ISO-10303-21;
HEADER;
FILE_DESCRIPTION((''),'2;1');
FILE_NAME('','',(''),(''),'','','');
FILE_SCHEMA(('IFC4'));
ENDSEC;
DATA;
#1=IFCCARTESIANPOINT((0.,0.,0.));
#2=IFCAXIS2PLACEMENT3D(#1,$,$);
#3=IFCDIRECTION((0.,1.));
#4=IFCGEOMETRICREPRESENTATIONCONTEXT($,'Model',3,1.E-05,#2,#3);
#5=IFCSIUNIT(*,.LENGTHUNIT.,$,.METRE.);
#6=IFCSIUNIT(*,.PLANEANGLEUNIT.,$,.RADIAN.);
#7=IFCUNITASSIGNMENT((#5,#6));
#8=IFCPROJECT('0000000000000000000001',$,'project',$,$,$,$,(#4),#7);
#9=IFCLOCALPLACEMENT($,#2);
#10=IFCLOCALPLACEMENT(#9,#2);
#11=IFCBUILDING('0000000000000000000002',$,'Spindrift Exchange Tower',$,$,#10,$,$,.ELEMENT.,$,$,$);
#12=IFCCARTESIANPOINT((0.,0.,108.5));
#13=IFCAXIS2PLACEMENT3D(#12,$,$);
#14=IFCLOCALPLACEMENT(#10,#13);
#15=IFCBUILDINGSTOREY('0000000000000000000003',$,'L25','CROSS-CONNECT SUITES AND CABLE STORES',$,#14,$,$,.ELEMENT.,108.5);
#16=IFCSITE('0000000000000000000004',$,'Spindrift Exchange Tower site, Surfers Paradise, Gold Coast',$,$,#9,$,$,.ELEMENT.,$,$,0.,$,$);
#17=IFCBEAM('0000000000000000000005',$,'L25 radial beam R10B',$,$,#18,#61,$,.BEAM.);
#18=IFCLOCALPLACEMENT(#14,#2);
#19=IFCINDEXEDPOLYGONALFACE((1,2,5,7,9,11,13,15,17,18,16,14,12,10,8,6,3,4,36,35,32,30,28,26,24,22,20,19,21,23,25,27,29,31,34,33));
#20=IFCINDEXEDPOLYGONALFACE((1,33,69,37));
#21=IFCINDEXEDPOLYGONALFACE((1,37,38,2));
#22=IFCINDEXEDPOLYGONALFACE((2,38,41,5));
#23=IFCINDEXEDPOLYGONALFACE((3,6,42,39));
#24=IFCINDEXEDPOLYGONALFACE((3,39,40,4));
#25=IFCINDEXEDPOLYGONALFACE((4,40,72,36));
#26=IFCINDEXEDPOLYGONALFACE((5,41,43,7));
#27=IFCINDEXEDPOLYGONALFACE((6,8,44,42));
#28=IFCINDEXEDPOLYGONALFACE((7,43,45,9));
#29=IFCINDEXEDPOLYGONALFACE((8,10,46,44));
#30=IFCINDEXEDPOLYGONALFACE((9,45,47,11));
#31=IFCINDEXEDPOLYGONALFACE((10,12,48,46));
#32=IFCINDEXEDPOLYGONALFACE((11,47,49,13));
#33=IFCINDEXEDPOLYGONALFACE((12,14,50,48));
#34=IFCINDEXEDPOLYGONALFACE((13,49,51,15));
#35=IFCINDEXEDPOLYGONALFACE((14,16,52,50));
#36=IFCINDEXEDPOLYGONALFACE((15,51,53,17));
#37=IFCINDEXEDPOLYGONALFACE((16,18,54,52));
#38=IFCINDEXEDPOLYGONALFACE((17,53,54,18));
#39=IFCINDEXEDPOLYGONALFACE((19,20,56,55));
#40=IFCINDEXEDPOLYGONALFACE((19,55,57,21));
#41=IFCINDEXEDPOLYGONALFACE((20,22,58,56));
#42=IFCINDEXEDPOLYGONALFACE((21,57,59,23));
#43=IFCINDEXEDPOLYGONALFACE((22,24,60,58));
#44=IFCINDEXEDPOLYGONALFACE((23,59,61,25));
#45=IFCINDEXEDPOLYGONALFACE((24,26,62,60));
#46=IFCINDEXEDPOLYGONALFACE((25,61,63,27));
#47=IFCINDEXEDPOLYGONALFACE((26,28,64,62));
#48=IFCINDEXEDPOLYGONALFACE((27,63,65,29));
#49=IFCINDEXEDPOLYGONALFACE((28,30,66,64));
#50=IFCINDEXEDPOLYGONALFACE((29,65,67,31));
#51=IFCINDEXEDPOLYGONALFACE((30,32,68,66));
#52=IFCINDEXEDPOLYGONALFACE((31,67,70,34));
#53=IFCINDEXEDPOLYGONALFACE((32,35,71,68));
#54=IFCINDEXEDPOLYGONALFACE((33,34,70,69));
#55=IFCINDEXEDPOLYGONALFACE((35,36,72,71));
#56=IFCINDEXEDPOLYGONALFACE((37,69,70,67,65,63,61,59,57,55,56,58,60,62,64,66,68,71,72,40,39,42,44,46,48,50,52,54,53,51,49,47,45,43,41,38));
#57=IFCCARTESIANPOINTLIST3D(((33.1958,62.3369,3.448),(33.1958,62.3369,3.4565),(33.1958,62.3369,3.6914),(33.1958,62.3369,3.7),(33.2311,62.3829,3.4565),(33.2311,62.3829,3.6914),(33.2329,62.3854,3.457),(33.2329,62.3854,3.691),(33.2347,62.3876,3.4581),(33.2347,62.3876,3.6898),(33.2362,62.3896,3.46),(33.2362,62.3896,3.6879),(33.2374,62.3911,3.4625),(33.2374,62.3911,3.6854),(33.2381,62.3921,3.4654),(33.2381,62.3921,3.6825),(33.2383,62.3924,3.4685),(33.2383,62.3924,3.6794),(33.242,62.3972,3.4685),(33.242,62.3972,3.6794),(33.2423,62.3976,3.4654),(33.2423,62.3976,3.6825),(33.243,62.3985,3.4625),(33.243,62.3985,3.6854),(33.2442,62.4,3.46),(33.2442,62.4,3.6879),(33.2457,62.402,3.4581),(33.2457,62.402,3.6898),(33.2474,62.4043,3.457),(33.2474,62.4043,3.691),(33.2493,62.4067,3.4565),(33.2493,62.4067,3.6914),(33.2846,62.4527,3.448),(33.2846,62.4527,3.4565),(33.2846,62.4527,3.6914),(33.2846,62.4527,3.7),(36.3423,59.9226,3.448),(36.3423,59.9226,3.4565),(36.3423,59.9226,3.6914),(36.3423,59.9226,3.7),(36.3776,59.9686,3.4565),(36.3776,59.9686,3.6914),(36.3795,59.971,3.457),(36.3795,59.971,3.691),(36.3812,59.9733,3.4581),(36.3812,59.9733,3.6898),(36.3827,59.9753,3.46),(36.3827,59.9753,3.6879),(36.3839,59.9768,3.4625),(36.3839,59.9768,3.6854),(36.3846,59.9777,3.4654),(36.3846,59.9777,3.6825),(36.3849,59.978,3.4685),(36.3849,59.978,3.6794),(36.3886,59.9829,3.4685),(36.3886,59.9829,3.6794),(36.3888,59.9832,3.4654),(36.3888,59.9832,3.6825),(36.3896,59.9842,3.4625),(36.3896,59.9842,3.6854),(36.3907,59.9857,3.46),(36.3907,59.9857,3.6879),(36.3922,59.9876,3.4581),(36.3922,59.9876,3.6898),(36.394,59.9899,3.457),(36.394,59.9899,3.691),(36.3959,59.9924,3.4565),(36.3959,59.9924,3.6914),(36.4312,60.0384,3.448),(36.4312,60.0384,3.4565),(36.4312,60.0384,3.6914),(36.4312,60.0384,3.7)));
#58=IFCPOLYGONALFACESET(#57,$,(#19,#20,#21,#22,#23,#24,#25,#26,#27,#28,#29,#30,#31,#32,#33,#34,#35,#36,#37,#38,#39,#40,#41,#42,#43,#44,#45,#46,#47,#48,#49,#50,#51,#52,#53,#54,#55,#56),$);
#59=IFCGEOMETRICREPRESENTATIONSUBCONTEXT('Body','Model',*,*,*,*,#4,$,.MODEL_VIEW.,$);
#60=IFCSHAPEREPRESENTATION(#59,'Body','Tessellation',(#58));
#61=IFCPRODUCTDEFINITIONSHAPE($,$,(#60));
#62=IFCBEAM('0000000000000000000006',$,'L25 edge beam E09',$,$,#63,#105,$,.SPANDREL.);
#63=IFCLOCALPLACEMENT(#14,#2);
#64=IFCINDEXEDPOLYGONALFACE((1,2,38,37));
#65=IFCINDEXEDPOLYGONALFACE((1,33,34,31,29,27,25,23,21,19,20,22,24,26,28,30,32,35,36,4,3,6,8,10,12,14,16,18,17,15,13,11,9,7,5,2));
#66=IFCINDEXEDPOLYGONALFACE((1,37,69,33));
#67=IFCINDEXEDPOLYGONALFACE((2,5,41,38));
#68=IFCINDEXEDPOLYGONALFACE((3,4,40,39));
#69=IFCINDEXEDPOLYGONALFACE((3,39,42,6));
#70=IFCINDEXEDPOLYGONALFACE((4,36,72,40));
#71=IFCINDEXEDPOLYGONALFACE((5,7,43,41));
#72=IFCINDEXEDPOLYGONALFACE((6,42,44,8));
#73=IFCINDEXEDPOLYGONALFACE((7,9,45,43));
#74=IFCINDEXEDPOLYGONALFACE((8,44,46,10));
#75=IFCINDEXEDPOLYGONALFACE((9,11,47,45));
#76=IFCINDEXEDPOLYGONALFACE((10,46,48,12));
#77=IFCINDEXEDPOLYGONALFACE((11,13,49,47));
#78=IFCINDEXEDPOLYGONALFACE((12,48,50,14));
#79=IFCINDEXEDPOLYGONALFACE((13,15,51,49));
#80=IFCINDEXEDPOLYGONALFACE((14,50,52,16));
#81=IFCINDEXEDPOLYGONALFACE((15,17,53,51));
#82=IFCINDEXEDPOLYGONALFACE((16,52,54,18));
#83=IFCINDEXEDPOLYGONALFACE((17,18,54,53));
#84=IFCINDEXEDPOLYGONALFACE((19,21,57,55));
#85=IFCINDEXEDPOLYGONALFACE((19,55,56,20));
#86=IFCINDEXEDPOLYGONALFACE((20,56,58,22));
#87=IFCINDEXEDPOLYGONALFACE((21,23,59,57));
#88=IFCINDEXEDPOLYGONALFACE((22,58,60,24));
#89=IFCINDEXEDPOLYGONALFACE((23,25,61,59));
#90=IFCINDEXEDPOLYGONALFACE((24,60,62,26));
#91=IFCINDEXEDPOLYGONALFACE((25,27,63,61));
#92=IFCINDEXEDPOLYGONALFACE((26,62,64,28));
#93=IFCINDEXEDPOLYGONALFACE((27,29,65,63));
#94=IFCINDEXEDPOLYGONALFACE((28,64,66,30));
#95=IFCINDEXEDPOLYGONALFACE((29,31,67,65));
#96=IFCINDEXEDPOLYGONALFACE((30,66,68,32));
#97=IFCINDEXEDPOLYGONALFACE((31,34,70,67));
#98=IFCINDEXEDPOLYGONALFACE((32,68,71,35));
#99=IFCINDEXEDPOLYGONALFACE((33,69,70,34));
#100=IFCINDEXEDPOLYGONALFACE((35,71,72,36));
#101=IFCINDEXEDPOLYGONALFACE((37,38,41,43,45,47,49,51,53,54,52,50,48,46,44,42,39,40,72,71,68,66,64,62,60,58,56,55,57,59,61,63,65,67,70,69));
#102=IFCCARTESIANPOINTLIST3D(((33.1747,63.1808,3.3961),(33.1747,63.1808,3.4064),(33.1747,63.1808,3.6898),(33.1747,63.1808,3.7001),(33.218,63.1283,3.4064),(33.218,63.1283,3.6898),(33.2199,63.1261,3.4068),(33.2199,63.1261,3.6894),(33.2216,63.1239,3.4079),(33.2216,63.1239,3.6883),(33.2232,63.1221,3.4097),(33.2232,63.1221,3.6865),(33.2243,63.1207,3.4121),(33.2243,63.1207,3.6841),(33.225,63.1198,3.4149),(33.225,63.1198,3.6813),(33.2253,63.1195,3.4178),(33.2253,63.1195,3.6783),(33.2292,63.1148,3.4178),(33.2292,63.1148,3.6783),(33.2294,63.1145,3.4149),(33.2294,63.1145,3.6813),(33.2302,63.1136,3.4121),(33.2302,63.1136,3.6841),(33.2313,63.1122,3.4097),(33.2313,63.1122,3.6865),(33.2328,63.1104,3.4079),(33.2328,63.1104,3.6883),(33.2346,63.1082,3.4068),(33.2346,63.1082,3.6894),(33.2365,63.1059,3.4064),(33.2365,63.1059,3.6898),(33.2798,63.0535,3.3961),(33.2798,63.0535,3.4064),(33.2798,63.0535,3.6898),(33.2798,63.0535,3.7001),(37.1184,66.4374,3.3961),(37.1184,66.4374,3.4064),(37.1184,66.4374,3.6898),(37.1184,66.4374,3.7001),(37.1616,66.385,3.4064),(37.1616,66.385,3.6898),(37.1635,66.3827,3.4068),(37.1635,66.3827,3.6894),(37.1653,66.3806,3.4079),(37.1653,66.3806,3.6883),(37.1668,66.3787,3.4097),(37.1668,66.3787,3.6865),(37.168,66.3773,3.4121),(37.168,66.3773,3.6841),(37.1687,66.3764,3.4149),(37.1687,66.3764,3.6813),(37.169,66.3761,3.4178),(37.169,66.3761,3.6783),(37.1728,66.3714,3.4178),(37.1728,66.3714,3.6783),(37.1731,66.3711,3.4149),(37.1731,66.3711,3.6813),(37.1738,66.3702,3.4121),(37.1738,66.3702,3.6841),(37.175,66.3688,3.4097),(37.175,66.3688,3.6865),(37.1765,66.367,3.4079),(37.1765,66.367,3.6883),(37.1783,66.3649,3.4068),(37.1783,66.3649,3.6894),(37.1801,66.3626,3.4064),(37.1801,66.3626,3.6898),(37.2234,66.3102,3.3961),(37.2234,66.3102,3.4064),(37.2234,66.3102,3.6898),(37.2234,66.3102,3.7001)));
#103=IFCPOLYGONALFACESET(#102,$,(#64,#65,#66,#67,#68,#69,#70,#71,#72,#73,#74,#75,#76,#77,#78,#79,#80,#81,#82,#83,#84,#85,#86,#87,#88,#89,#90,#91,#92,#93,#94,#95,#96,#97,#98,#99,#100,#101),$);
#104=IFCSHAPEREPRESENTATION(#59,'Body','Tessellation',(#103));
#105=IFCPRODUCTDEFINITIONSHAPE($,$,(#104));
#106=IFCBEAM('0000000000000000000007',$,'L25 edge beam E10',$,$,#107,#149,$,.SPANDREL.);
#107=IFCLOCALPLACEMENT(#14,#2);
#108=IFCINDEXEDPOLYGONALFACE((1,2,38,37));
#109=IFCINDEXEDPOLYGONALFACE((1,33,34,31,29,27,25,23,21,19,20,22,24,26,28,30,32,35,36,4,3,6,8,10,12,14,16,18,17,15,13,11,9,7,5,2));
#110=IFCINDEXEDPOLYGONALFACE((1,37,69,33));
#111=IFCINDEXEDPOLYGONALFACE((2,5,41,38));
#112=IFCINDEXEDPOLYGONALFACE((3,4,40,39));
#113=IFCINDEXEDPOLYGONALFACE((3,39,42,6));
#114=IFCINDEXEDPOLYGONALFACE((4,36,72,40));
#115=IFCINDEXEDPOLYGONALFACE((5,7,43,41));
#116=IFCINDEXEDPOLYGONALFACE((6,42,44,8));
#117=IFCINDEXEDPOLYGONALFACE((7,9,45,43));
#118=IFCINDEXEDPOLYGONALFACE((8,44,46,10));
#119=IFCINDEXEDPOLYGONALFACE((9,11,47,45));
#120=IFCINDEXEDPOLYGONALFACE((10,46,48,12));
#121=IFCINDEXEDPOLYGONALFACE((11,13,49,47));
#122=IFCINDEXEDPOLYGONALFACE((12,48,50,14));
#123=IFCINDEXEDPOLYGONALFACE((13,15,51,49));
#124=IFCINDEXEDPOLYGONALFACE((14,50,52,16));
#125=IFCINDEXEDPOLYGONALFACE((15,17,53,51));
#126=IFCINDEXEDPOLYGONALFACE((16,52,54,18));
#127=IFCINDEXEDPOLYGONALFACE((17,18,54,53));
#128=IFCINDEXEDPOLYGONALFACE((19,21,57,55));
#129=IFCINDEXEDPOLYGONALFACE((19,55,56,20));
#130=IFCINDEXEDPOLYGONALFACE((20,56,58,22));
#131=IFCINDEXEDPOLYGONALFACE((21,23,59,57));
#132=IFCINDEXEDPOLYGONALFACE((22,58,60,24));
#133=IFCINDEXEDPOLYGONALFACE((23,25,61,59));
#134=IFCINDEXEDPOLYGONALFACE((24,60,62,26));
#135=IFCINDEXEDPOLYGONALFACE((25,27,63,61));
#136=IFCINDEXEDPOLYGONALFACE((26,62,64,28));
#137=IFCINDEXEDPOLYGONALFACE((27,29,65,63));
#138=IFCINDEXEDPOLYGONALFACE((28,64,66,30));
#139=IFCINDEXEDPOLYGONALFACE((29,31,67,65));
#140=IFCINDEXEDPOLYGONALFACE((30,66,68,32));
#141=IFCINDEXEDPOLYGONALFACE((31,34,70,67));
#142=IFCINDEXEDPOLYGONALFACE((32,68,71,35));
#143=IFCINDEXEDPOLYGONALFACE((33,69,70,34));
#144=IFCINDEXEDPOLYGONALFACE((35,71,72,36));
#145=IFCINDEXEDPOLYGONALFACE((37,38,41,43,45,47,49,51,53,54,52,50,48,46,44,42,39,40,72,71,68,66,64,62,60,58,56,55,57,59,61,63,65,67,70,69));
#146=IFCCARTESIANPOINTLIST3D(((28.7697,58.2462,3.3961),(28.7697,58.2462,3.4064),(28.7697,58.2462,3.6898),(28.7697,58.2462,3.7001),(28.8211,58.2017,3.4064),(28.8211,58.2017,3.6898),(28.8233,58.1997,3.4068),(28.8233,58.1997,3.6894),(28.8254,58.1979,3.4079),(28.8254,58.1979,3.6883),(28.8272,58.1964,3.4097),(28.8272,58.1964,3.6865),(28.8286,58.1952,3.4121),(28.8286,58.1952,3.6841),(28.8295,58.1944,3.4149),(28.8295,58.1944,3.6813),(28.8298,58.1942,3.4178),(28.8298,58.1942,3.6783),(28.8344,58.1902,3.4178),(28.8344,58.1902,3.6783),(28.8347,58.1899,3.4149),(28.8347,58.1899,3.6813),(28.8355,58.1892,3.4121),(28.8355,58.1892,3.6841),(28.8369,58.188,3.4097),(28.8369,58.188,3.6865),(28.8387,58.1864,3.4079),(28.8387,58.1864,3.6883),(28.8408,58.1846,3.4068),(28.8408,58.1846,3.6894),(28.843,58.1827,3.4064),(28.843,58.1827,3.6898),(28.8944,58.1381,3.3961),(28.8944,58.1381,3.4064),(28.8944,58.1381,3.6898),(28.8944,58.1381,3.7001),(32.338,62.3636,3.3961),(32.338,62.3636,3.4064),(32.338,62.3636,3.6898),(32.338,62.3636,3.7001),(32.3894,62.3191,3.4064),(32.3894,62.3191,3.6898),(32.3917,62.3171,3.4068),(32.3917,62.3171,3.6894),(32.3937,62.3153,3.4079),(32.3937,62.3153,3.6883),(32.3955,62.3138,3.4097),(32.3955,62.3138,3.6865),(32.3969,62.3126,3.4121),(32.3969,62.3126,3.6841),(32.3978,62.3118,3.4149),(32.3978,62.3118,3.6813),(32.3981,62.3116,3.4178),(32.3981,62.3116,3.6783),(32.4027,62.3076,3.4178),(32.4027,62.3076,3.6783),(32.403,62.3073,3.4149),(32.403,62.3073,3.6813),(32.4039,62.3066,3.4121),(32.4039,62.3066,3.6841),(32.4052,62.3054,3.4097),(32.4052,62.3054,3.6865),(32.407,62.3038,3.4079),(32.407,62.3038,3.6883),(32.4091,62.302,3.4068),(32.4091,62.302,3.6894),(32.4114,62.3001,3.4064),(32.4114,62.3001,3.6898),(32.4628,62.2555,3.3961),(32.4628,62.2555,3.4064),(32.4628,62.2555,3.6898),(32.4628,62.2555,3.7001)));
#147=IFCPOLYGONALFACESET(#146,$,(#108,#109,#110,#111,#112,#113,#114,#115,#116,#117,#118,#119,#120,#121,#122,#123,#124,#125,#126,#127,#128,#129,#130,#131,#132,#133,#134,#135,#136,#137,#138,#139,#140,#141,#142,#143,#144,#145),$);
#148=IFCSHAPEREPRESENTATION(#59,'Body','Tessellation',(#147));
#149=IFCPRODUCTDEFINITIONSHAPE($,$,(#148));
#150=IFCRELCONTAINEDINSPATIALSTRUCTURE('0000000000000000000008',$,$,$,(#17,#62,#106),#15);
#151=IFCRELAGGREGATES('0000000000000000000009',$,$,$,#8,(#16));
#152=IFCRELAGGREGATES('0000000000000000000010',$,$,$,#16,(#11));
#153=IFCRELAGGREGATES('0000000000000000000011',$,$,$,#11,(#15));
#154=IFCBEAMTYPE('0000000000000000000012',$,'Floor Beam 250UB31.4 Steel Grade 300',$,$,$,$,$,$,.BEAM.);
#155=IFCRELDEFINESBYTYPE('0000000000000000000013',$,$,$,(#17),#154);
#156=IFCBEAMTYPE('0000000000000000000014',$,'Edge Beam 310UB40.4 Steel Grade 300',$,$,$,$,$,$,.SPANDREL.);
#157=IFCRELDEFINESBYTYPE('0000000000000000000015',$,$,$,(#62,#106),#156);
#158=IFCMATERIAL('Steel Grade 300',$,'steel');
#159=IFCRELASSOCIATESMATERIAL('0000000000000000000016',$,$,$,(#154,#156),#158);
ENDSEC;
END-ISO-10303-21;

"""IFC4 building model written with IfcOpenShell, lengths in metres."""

from ifc_helpers import new_model, si_unit, direction, frame, origin, origin_2d, place, context, subcontext, project, spatial, i_section, extrude, source, transform, mapped, material, material_profile, profile_set, type_object, element, save


model = new_model("IFC4")

# Units and contexts
model_context = context("Model", 3, precision=1e-05, world=origin(), true_north=direction((0.0, 1.0)))
body_context = subcontext(model_context, "Body", "Model", "MODEL_VIEW")
ifc_project = project(units=[si_unit("LENGTHUNIT", "METRE"), si_unit("PLANEANGLEUNIT", "RADIAN")], contexts=[model_context])

# Site, building, storey
site_placement = place(None, origin())
site = spatial("IfcSite", under=ifc_project, at=site_placement, Name="Spindrift Exchange Tower site, Surfers Paradise, Gold Coast", CompositionType="ELEMENT", RefElevation=0.0)
building_placement = place(site_placement, origin())
building = spatial("IfcBuilding", under=site, at=building_placement, Name="Spindrift Exchange Tower", CompositionType="ELEMENT")
storey_placement = place(building_placement, frame((0.0, 0.0, 108.5)))
storey = spatial("IfcBuildingStorey", under=building, at=storey_placement, Name="L25", Description="CROSS-CONNECT SUITES AND CABLE STORES", CompositionType="ELEMENT", Elevation=108.5)

# Beams
ifc_material_1 = material(Name="Steel Grade 300", Category="steel")
ifc_material_profile_1 = material_profile(ifc_material_1, i_section(OverallWidth=0.146, OverallDepth=0.252, WebThickness=0.0061, FlangeThickness=0.0085, FilletRadius=0.012, at=origin_2d()), Name="250UB31.4")
ifc_profile_set_1 = profile_set([ifc_material_profile_1], Name="Steel Grade 300")
beam_type_1 = type_object("IfcBeamType", Name="Floor Beam 250UB31.4 Steel Grade 300", PredefinedType="BEAM", material=ifc_profile_set_1)
shared_shape_1 = source(origin(), body_context, "Body", "SweptSolid", [
    extrude(i_section(OverallWidth=0.146, OverallDepth=0.252, WebThickness=0.0061, FlangeThickness=0.0085, FilletRadius=0.012, at=origin_2d()), origin(), (0.0, 0.0, 1.0), 3.9661),
])
beam_1_placement = place(storey_placement, frame((36.3867, 59.9805, 3.574), z_axis=(-0.793363, 0.608749, 0.0), x_axis=(-0.608749, -0.793363, 0.0)))
element("IfcBeam", 1, at=beam_1_placement, inside=storey, type_object=beam_type_1, Name="L25 radial beam R10B", PredefinedType="BEAM", context=body_context, shape_type="MappedRepresentation", body=[
    mapped(shared_shape_1, transform((0.0, 0.0, 0.0), scale=1.0)),
])
ifc_material_profile_2 = material_profile(ifc_material_1, i_section(OverallWidth=0.165, OverallDepth=0.304, WebThickness=0.0061, FlangeThickness=0.0103, FilletRadius=0.0115, at=origin_2d()), Name="310UB40.4")
ifc_profile_set_2 = profile_set([ifc_material_profile_2], Name="Steel Grade 300")
beam_type_2 = type_object("IfcBeamType", Name="Edge Beam 310UB40.4 Steel Grade 300", PredefinedType="SPANDREL", material=ifc_profile_set_2)
shared_shape_2 = source(origin(), body_context, "Body", "SweptSolid", [
    extrude(i_section(OverallWidth=0.165, OverallDepth=0.304, WebThickness=0.0061, FlangeThickness=0.0103, FilletRadius=0.0115, at=origin_2d()), origin(), (0.0, 0.0, 1.0), 5.1145),
])
beam_2_placement = place(storey_placement, frame((37.1709, 66.3738, 3.5481), z_axis=(-0.771074, -0.636746, 0.0), x_axis=(0.636746, -0.771074, 0.0)))
element("IfcBeam", 2, at=beam_2_placement, inside=storey, type_object=beam_type_2, Name="L25 edge beam E09", PredefinedType="SPANDREL", context=body_context, shape_type="MappedRepresentation", body=[
    mapped(shared_shape_2, transform((0.0, 0.0, 0.0), scale=1.0)),
])
shared_shape_3 = source(origin(), body_context, "Body", "SweptSolid", [
    extrude(i_section(OverallWidth=0.165, OverallDepth=0.304, WebThickness=0.0061, FlangeThickness=0.0103, FilletRadius=0.0115, at=origin_2d()), origin(), (0.0, 0.0, 1.0), 5.4485),
])
beam_3_placement = place(storey_placement, frame((32.4004, 62.3096, 3.5481), z_axis=(-0.654922, -0.755696, 0.0), x_axis=(0.755696, -0.654922, 0.0)))
element("IfcBeam", 3, at=beam_3_placement, inside=storey, type_object=beam_type_2, Name="L25 edge beam E10", PredefinedType="SPANDREL", context=body_context, shape_type="MappedRepresentation", body=[
    mapped(shared_shape_3, transform((0.0, 0.0, 0.0), scale=1.0)),
])

save(model, "model.ifc")
